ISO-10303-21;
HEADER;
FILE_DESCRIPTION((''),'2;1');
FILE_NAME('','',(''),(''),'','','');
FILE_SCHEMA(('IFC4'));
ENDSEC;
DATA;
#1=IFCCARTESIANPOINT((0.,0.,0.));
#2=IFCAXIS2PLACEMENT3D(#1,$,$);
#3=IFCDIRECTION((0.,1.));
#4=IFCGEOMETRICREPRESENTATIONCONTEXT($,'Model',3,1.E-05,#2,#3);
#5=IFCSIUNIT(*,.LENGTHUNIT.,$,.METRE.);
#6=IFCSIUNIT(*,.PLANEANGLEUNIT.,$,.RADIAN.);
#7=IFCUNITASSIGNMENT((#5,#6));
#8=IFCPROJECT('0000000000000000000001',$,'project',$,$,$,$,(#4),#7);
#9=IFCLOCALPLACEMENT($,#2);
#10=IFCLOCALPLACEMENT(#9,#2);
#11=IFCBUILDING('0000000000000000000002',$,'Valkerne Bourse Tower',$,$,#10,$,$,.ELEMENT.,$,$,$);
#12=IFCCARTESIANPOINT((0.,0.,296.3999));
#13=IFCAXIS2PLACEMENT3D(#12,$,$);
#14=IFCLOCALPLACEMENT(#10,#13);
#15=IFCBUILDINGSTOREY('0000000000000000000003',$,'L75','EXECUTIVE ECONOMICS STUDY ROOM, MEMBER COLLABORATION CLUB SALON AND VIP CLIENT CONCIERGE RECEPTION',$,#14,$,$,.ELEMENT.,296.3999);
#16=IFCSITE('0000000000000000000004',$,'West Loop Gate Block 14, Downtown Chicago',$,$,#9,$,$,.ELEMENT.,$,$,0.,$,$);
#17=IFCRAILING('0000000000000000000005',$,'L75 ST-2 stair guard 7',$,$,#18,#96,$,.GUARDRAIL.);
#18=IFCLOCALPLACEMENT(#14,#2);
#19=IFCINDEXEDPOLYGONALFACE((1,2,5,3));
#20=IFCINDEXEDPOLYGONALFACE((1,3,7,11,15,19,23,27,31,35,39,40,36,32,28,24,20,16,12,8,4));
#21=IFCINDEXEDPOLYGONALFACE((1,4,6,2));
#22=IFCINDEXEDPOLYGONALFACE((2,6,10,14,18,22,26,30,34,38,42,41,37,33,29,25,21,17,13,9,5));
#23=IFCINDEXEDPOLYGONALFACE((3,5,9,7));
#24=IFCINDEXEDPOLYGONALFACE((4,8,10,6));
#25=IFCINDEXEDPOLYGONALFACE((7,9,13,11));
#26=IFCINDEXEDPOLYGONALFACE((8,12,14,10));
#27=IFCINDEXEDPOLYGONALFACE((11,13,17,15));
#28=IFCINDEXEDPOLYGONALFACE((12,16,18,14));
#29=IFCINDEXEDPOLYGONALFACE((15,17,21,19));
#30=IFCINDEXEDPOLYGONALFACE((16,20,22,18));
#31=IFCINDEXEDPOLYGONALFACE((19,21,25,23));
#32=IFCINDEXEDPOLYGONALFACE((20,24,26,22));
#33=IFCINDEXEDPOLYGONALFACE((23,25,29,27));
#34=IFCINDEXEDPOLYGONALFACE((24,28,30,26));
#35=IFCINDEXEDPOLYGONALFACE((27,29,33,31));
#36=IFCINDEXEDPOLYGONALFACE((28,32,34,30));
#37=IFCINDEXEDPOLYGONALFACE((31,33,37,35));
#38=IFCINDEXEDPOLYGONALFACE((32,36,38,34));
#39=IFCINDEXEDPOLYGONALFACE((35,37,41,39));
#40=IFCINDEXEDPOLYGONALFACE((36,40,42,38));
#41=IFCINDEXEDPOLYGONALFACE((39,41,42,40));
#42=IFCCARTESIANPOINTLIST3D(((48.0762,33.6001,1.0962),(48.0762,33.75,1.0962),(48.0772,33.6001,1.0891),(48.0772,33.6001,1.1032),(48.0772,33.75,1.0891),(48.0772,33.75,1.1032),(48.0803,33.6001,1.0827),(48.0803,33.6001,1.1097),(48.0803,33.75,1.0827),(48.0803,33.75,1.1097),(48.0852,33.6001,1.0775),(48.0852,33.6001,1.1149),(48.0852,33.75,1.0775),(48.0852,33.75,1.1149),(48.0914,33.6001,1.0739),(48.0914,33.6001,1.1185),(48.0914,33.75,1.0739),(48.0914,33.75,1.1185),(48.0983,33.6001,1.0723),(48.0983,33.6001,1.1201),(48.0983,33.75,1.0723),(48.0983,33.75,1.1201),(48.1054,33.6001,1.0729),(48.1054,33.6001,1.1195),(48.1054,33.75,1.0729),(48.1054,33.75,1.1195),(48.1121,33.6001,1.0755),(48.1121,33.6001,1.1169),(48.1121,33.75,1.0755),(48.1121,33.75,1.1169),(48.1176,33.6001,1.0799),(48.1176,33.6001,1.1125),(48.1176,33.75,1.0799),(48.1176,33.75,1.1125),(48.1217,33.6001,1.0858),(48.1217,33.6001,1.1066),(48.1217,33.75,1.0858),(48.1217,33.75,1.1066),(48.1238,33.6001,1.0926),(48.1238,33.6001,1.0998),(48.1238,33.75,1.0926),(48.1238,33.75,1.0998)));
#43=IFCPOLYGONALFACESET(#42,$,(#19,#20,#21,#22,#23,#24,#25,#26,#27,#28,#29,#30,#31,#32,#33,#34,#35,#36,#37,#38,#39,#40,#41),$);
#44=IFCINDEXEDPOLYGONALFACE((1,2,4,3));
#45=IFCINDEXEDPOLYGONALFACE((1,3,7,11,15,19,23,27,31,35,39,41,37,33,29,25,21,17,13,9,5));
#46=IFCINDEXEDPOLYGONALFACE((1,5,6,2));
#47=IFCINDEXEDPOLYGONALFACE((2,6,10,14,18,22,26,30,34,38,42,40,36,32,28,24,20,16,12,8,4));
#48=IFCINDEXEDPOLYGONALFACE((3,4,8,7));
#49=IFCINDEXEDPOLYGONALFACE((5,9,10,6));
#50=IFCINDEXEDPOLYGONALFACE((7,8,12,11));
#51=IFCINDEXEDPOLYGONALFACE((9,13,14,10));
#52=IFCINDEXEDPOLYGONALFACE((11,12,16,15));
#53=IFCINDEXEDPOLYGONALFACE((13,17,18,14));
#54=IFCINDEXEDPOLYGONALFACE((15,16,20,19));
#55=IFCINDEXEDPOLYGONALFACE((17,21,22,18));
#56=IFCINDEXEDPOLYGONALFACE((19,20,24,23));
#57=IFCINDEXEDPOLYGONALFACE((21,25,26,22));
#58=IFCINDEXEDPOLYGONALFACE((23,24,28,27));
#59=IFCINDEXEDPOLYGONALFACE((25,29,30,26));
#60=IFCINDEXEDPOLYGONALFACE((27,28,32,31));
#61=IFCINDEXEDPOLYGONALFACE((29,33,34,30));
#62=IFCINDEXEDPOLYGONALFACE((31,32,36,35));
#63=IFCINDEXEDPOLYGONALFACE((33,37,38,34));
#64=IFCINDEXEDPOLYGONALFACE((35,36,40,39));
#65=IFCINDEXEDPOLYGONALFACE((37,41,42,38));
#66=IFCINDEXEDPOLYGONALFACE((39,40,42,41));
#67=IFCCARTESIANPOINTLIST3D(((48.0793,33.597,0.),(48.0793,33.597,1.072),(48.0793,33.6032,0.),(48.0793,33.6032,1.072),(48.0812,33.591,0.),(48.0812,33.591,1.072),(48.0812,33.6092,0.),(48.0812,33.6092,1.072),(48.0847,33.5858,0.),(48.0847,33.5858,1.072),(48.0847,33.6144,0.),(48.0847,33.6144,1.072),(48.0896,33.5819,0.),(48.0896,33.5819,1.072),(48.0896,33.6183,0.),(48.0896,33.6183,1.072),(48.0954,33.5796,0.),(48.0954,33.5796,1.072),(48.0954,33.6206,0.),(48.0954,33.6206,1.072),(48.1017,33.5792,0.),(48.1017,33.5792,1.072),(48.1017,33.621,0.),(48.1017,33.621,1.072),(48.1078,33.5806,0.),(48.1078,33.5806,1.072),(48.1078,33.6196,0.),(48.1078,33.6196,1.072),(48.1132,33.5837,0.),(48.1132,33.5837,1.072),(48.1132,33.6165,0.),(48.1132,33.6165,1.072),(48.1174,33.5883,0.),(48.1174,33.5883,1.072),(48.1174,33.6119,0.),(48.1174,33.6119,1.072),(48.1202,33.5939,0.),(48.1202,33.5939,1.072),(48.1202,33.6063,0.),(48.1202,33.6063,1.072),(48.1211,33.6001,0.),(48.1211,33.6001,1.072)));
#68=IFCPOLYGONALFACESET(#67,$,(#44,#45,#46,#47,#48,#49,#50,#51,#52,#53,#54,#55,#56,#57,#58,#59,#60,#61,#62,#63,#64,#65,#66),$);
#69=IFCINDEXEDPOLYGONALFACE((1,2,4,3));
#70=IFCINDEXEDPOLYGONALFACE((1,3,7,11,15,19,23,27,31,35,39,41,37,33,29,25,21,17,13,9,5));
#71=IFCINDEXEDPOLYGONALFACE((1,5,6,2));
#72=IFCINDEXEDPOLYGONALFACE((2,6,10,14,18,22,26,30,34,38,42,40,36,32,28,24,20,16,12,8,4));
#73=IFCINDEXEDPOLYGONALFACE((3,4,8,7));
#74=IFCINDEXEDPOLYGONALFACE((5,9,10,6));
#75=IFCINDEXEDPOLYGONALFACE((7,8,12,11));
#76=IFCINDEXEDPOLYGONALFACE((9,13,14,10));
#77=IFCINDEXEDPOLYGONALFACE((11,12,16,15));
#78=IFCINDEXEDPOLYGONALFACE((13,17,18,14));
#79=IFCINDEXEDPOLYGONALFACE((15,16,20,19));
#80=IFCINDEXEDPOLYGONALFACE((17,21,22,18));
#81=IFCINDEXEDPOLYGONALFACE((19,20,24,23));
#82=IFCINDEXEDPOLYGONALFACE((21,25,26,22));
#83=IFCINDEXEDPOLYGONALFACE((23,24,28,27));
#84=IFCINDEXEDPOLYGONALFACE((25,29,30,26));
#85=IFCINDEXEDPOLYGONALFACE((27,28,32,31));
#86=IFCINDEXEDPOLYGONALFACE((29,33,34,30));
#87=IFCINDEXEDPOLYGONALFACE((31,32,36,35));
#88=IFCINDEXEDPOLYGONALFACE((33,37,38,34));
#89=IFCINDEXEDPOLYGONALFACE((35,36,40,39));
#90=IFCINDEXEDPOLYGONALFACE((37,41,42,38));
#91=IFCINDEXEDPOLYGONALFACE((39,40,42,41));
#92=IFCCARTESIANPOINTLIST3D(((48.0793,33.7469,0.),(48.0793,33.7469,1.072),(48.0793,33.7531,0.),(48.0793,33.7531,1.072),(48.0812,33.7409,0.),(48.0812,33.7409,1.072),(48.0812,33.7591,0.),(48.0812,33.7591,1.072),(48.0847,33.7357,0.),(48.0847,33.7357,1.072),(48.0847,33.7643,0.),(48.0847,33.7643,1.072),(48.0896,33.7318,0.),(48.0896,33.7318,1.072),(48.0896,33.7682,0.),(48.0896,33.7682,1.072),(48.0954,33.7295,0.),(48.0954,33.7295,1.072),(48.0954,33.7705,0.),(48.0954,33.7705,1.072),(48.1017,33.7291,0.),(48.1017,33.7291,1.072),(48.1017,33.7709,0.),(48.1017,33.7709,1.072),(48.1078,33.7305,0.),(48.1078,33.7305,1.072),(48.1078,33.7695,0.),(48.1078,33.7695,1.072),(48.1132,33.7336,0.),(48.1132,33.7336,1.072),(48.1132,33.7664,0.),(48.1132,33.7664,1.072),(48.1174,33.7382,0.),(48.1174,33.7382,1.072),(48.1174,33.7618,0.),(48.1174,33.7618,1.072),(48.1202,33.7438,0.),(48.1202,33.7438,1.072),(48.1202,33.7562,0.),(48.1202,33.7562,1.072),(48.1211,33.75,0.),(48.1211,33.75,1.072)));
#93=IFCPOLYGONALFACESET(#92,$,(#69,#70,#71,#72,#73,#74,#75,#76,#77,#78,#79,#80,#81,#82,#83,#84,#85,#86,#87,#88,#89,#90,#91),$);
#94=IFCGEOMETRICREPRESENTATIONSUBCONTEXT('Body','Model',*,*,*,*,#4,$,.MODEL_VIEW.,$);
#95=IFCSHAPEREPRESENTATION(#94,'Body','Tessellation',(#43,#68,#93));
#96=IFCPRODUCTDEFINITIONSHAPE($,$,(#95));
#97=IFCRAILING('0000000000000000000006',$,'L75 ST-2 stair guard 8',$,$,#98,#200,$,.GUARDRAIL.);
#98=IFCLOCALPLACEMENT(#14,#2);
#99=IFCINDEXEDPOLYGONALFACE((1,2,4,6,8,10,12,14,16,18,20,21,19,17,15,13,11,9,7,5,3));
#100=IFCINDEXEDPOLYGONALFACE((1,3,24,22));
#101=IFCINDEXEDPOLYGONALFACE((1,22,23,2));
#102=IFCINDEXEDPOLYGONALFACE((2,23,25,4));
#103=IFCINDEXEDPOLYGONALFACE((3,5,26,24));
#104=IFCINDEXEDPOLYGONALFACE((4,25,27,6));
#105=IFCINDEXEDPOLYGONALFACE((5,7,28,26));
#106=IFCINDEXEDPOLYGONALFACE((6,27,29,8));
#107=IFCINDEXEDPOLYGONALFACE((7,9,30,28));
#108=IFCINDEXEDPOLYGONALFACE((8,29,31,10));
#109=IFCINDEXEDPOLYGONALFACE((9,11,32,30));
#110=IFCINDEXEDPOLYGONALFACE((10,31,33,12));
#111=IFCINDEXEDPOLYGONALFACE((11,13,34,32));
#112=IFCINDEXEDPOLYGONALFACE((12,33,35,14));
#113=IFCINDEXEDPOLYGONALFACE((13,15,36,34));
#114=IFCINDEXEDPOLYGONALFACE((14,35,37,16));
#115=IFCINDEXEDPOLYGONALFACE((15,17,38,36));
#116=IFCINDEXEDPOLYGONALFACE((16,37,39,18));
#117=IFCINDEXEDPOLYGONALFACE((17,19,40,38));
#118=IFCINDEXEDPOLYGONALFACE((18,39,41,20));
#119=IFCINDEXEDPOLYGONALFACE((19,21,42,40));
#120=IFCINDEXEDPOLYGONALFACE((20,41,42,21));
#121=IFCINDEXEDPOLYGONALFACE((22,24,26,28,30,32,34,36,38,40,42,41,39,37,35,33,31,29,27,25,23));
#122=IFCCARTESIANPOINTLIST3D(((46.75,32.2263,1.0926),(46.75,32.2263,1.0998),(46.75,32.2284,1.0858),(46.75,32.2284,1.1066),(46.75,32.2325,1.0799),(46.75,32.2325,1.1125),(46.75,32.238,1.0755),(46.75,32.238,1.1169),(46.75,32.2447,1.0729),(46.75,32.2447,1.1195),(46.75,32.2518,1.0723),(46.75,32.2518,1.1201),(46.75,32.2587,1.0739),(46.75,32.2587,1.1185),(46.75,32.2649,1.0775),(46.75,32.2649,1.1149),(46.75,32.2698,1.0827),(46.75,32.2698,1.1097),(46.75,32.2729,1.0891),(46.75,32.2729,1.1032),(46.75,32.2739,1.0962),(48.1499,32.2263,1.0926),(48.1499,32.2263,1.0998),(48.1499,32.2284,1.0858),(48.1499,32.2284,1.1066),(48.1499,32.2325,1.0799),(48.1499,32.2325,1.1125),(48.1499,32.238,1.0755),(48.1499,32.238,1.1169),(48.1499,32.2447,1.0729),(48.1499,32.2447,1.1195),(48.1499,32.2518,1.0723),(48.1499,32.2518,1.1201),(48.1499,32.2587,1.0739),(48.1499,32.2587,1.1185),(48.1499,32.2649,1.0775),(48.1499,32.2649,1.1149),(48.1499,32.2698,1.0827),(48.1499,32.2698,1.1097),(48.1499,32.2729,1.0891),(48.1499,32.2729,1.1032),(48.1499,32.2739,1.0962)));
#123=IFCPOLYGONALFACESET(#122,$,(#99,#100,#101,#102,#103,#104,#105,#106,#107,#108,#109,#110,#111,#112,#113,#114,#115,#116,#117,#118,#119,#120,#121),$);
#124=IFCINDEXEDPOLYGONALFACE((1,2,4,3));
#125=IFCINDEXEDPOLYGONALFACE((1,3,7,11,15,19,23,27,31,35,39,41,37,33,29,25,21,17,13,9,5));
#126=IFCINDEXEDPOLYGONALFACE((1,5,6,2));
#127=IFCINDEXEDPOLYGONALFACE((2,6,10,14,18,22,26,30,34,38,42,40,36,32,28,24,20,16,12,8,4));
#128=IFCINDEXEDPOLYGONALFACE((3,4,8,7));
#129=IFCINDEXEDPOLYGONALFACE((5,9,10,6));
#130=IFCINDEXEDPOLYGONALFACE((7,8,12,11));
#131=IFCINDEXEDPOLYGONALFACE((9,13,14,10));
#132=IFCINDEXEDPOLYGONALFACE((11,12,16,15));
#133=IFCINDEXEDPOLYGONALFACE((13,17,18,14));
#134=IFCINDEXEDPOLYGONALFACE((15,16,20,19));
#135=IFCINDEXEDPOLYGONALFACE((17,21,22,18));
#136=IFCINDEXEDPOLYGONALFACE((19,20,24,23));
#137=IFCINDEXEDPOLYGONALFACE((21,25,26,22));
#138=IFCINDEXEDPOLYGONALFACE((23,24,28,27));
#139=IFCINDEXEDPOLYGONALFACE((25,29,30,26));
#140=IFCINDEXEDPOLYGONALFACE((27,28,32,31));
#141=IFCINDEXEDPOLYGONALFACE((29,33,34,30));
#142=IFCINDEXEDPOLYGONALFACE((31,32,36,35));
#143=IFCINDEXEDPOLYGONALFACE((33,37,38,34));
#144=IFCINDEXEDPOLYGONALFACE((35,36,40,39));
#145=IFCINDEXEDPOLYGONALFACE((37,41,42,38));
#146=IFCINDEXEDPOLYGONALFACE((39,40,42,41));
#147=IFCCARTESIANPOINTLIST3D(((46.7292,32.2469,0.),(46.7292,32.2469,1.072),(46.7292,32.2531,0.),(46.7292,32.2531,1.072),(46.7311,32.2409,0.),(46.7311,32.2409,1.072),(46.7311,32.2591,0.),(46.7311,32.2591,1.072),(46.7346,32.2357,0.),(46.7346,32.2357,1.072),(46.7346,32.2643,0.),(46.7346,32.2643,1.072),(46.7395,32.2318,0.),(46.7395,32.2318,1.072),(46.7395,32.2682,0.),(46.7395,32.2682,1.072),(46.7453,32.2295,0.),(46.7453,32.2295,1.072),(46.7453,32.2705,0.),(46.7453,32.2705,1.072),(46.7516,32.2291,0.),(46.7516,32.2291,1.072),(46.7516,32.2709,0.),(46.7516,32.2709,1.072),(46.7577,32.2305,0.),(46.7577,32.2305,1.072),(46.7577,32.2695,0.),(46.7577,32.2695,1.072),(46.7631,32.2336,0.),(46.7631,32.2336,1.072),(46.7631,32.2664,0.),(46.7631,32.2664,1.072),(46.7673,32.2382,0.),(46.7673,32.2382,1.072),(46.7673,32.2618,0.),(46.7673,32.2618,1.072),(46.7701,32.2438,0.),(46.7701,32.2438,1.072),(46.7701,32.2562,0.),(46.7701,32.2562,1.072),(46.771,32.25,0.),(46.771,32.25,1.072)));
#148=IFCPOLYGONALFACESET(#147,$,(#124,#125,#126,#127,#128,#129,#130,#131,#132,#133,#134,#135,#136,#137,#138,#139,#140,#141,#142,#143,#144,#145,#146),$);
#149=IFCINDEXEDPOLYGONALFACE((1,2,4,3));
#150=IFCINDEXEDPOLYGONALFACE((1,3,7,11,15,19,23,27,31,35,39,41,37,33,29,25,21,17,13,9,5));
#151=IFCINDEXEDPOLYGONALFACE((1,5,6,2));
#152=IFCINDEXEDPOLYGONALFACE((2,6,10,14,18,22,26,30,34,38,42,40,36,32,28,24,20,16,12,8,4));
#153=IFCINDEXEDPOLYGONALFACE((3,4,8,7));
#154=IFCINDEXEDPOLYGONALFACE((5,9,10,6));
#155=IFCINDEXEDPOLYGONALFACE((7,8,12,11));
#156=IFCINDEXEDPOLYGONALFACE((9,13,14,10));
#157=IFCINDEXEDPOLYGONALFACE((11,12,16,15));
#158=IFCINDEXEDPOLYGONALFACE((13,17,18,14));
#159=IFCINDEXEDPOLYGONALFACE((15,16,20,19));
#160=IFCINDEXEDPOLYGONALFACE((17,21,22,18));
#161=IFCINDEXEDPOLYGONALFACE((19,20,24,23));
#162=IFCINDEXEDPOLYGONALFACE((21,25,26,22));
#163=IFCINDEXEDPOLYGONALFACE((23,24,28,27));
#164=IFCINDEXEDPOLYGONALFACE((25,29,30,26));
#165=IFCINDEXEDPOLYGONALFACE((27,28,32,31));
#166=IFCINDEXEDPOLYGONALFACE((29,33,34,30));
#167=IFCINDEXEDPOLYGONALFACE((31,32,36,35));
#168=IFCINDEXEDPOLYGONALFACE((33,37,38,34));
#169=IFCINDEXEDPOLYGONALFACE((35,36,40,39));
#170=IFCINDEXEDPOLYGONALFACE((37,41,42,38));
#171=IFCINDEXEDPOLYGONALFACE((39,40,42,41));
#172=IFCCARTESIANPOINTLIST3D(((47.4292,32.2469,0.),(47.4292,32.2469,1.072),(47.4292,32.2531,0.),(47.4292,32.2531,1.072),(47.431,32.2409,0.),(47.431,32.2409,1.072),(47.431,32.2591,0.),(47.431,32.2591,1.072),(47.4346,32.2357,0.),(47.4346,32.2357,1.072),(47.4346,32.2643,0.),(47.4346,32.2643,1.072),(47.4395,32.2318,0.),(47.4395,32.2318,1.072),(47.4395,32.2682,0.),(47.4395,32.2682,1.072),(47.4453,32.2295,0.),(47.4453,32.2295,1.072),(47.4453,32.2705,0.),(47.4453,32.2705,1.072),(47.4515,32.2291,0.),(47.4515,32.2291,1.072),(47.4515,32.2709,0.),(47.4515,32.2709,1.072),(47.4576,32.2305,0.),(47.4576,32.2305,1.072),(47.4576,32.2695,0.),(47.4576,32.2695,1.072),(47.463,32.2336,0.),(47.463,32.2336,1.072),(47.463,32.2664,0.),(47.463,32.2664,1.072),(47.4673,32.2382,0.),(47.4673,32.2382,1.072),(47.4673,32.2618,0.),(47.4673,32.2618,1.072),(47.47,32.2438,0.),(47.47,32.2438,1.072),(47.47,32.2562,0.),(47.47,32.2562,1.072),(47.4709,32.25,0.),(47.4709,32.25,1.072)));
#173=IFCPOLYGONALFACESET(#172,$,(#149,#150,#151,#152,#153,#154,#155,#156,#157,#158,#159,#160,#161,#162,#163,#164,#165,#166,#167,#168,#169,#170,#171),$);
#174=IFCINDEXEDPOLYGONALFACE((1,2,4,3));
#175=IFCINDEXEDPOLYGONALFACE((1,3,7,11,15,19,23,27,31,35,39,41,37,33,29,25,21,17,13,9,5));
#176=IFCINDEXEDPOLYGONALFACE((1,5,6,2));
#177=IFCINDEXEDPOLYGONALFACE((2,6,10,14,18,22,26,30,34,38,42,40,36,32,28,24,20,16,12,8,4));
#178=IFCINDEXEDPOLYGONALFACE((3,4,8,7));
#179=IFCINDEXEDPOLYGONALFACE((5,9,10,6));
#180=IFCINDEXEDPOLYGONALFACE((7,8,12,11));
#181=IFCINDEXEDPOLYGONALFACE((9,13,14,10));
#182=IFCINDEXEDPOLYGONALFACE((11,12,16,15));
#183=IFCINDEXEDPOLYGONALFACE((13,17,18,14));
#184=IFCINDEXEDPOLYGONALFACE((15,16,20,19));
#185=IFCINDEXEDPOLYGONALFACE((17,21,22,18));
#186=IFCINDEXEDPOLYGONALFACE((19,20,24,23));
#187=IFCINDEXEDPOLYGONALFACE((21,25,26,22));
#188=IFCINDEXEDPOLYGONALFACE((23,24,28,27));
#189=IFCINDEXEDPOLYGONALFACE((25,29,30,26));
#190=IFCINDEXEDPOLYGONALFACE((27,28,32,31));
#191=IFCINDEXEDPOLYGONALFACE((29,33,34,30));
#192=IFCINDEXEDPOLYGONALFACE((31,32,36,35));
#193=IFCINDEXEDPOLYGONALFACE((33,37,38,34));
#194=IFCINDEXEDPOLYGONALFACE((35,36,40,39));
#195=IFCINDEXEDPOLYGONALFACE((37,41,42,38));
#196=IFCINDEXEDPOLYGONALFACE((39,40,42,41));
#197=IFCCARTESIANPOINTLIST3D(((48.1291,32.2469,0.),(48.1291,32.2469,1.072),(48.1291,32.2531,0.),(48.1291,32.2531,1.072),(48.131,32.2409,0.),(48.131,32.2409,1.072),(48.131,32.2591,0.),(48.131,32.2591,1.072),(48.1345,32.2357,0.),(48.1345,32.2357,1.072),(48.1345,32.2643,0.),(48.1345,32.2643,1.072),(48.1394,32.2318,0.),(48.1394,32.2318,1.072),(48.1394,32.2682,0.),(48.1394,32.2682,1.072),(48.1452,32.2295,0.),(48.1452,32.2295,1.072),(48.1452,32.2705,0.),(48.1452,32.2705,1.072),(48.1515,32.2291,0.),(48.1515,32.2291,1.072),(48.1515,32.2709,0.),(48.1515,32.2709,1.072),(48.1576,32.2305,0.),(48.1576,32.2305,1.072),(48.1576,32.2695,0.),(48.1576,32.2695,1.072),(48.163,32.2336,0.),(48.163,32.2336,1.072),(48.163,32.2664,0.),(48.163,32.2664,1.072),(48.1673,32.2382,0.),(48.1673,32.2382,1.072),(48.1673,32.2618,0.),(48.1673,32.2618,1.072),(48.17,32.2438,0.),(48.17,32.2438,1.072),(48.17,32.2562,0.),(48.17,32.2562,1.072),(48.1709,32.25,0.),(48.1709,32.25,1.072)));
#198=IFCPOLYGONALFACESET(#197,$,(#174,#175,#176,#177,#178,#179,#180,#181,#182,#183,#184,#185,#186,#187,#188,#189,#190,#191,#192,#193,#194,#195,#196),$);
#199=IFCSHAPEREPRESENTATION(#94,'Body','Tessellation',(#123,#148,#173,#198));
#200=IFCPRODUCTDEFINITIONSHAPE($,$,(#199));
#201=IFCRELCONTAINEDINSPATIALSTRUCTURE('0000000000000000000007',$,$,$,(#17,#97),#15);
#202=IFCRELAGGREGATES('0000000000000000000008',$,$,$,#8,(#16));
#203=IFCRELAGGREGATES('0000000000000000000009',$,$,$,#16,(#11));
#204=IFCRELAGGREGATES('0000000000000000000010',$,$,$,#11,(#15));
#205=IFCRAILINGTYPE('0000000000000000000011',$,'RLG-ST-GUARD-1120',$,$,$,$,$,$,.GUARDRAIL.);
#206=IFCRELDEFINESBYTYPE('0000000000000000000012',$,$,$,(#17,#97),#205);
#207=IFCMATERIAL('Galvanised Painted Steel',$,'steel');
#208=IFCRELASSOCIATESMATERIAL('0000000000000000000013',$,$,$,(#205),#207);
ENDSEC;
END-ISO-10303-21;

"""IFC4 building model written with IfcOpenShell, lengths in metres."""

from ifc_helpers import new_model, si_unit, direction, frame, origin, origin_2d, place, context, subcontext, project, spatial, circle, extrude, material, type_object, element, save


model = new_model("IFC4")

# Units and contexts
model_context = context("Model", 3, precision=1e-05, world=origin(), true_north=direction((0.0, 1.0)))
body_context = subcontext(model_context, "Body", "Model", "MODEL_VIEW")
ifc_project = project(units=[si_unit("LENGTHUNIT", "METRE"), si_unit("PLANEANGLEUNIT", "RADIAN")], contexts=[model_context])

# Site, building, storey
site_placement = place(None, origin())
site = spatial("IfcSite", under=ifc_project, at=site_placement, Name="West Loop Gate Block 14, Downtown Chicago", CompositionType="ELEMENT", RefElevation=0.0)
building_placement = place(site_placement, origin())
building = spatial("IfcBuilding", under=site, at=building_placement, Name="Valkerne Bourse Tower", CompositionType="ELEMENT")
storey_placement = place(building_placement, frame((0.0, 0.0, 296.3999)))
storey = spatial("IfcBuildingStorey", under=building, at=storey_placement, Name="L75", Description="EXECUTIVE ECONOMICS STUDY ROOM, MEMBER COLLABORATION CLUB SALON AND VIP CLIENT CONCIERGE RECEPTION", CompositionType="ELEMENT", Elevation=296.3999)

# Shared definitions
ifc_material_1 = material(Name="Galvanised Painted Steel", Category="steel")

# Railings
railing_type_1 = type_object("IfcRailingType", Name="RLG-ST-GUARD-1120", PredefinedType="GUARDRAIL", material=ifc_material_1)
railing_1_placement = place(storey_placement, frame((48.1001, 33.6001, 0.0)))
element("IfcRailing", 1, at=railing_1_placement, inside=storey, type_object=railing_type_1, Name="L75 ST-2 stair guard 7", PredefinedType="GUARDRAIL", context=body_context, shape_type="SweptSolid", body=[
    extrude(circle(Radius=0.0239, at=origin_2d()), frame((0.0, 0.0, 1.0962), z_axis=(0.0, 1.0, 0.0), x_axis=(-1.0, 0.0, 0.0)), (0.0, 0.0, 1.0), 0.1499),
    extrude(circle(Radius=0.021, at=origin_2d()), origin(), (0.0, 0.0, 1.0), 1.072),
    extrude(circle(Radius=0.021, at=origin_2d()), frame((0.0, 0.1499, 0.0)), (0.0, 0.0, 1.0), 1.072),
])
for number, where, name in (
    (2, (46.75, 32.25, 0.0), "L75 ST-2 stair guard 8"),
):
    element("IfcRailing", number, at=place(storey_placement, frame(where)), inside=storey, type_object=railing_type_1, Name=name, PredefinedType="GUARDRAIL", context=body_context, shape_type="SweptSolid", body=[
        extrude(circle(Radius=0.0239, at=origin_2d()), frame((0.0, 0.0, 1.0962), z_axis=(1.0, 0.0, 0.0), x_axis=(0.0, 1.0, 0.0)), (0.0, 0.0, 1.0), 1.3999),
        extrude(circle(Radius=0.021, at=origin_2d()), origin(), (0.0, 0.0, 1.0), 1.072),
        extrude(circle(Radius=0.021, at=origin_2d()), frame((0.7, 0.0, 0.0)), (0.0, 0.0, 1.0), 1.072),
        extrude(circle(Radius=0.021, at=origin_2d()), frame((1.3999, 0.0, 0.0)), (0.0, 0.0, 1.0), 1.072),
    ])

save(model, "model.ifc")
